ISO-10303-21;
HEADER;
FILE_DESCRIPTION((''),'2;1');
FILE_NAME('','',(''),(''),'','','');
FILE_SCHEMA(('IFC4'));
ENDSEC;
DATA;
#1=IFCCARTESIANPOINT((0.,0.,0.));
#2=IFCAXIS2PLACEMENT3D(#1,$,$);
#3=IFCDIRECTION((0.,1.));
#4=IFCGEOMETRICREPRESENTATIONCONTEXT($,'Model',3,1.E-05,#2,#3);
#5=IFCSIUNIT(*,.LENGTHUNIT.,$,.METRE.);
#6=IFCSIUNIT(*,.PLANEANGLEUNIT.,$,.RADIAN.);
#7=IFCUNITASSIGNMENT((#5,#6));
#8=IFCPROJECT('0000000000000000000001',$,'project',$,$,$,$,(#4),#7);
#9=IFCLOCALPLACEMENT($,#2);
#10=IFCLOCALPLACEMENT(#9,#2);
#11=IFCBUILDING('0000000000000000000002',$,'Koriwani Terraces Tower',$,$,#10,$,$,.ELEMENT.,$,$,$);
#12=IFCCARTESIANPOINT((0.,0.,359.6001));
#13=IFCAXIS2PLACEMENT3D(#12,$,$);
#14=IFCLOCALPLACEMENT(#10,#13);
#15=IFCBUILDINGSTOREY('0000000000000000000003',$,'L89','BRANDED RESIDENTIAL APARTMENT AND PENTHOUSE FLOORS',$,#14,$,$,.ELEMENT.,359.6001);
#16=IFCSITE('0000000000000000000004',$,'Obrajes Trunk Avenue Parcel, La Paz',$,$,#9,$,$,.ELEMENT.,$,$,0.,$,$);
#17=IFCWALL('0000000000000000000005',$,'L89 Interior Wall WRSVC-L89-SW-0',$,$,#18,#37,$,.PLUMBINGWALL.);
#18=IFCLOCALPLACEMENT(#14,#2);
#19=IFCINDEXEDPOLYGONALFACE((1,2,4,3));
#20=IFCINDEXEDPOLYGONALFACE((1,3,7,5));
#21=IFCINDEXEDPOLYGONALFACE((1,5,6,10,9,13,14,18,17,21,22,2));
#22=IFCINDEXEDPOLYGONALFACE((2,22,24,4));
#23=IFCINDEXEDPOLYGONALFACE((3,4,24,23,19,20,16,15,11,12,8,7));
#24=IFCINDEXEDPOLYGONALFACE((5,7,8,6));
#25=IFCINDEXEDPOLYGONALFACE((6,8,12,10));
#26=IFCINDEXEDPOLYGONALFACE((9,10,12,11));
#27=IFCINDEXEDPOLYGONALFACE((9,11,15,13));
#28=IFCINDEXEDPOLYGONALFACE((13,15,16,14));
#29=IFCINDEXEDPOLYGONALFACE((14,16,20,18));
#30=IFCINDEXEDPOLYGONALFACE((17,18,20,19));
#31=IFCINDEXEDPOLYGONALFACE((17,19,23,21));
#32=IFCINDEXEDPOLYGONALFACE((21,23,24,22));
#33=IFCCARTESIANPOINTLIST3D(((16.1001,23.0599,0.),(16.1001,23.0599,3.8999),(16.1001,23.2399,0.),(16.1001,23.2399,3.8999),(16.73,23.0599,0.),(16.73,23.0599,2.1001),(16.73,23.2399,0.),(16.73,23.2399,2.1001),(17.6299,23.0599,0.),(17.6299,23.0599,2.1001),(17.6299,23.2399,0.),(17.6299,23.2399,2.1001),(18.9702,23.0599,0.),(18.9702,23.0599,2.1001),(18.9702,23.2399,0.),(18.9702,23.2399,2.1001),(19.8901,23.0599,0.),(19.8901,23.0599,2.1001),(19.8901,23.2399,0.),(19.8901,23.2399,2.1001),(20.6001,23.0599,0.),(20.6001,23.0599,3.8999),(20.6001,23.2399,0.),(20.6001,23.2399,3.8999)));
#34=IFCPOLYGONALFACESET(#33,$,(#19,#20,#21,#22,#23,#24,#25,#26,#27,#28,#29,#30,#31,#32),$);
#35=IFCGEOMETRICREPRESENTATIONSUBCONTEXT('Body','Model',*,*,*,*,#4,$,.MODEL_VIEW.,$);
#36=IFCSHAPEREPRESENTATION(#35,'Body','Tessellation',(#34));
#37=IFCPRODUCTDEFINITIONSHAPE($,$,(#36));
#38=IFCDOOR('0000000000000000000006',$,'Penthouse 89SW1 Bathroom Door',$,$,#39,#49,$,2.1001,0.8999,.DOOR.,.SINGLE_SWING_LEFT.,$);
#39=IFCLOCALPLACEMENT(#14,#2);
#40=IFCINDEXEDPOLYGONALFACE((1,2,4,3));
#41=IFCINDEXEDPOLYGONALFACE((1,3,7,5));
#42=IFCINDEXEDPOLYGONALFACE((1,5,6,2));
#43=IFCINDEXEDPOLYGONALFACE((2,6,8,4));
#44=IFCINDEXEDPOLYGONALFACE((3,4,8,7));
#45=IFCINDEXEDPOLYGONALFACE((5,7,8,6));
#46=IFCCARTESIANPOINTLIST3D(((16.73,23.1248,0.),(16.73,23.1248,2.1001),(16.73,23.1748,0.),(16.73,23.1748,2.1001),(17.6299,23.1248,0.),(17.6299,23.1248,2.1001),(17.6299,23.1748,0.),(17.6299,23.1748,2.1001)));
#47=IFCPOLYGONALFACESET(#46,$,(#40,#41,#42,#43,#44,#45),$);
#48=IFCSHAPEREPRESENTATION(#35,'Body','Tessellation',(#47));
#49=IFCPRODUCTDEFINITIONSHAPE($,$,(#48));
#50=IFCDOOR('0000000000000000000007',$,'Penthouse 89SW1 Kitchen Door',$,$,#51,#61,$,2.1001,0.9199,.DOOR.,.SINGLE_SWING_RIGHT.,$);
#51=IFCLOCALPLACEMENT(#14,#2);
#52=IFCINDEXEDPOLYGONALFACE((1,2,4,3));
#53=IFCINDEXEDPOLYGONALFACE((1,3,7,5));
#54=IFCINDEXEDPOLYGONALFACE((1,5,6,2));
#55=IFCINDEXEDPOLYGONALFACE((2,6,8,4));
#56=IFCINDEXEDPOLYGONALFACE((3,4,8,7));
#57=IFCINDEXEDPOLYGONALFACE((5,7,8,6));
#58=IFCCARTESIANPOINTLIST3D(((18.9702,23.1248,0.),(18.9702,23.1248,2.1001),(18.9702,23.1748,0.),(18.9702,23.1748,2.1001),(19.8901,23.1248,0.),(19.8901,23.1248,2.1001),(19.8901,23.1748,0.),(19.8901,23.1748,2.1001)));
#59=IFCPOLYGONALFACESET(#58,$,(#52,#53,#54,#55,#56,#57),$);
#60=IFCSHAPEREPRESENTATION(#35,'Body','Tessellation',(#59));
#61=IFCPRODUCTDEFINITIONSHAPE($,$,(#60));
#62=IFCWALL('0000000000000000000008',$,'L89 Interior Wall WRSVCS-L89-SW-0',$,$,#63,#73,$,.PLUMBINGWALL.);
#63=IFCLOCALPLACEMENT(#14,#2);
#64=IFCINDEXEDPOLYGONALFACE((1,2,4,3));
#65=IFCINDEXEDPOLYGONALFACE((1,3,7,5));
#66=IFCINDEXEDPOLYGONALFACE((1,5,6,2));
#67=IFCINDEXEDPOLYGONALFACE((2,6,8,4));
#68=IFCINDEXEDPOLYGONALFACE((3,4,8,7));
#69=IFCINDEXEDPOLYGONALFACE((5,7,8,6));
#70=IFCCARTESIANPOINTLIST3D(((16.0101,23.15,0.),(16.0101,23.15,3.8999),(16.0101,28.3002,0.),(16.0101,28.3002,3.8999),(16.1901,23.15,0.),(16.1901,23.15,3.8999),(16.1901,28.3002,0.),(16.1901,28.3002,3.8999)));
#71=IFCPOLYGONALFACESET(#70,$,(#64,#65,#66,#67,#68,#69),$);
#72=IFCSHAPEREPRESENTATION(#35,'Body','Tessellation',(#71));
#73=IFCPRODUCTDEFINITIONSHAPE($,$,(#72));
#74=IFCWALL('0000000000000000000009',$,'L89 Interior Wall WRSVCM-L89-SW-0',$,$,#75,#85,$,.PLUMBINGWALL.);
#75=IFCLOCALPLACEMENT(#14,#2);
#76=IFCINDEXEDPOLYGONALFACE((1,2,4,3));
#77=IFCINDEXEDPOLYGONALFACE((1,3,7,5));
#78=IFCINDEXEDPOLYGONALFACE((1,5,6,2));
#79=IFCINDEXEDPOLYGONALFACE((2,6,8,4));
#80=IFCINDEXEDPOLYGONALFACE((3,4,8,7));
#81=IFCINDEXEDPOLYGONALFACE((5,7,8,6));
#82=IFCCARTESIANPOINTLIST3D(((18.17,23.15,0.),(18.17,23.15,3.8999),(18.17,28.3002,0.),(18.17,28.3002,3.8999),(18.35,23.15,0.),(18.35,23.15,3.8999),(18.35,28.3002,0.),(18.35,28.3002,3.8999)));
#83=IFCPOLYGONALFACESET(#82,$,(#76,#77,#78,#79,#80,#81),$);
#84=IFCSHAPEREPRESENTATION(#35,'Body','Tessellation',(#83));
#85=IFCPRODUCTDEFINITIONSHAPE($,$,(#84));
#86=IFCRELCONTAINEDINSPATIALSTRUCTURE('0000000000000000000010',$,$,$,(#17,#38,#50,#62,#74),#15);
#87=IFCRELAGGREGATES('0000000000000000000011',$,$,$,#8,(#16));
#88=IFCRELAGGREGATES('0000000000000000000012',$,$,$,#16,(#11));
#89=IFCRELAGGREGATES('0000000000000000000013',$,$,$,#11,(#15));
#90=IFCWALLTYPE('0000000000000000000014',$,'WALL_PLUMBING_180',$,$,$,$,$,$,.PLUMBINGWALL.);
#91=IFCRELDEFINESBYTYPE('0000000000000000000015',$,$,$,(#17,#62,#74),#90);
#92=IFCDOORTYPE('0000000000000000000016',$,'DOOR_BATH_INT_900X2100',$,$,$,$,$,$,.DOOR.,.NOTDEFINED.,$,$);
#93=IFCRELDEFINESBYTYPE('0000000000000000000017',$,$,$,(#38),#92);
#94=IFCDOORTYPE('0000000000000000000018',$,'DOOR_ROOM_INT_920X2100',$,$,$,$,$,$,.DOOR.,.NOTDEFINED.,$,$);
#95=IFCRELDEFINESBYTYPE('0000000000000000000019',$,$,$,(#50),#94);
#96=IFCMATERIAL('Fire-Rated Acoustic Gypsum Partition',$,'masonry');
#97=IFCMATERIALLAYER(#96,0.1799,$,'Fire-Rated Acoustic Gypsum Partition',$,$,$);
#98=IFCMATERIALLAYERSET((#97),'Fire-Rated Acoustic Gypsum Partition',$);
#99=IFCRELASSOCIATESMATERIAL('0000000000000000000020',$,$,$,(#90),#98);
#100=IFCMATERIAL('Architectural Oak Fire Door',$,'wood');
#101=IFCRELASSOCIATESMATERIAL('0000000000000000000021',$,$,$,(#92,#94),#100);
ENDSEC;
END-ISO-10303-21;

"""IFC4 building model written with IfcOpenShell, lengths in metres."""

from ifc_helpers import new_model, si_unit, direction, frame, frame_2d, origin, place, context, subcontext, project, spatial, rectangle, extrude, material, layer, layer_set, type_object, element, fill, save


model = new_model("IFC4")

# Units and contexts
model_context = context("Model", 3, precision=1e-05, world=origin(), true_north=direction((0.0, 1.0)))
body_context = subcontext(model_context, "Body", "Model", "MODEL_VIEW")
ifc_project = project(units=[si_unit("LENGTHUNIT", "METRE"), si_unit("PLANEANGLEUNIT", "RADIAN")], contexts=[model_context])

# Site, building, storey
site_placement = place(None, origin())
site = spatial("IfcSite", under=ifc_project, at=site_placement, Name="Obrajes Trunk Avenue Parcel, La Paz", CompositionType="ELEMENT", RefElevation=0.0)
building_placement = place(site_placement, origin())
building = spatial("IfcBuilding", under=site, at=building_placement, Name="Koriwani Terraces Tower", CompositionType="ELEMENT")
storey_placement = place(building_placement, frame((0.0, 0.0, 359.6001)))
storey = spatial("IfcBuildingStorey", under=building, at=storey_placement, Name="L89", Description="BRANDED RESIDENTIAL APARTMENT AND PENTHOUSE FLOORS", CompositionType="ELEMENT", Elevation=359.6001)

# Wall, openings, doors
ifc_material_1 = material(Name="Fire-Rated Acoustic Gypsum Partition", Category="masonry")
ifc_layer_1 = layer(ifc_material_1, 0.1799, Name="Fire-Rated Acoustic Gypsum Partition")
ifc_layer_set_1 = layer_set([ifc_layer_1], Name="Fire-Rated Acoustic Gypsum Partition")
wall_type_1 = type_object("IfcWallType", Name="WALL_PLUMBING_180", PredefinedType="PLUMBINGWALL", material=ifc_layer_set_1)
wall_1_placement = place(storey_placement, frame((16.1001, 23.1499, 0.0), z_axis=(0.0, 0.0, 1.0), x_axis=(1.0, 0.0, 0.0)))
wall_1 = element("IfcWall", 1, at=wall_1_placement, inside=storey, type_object=wall_type_1, Name="L89 Interior Wall WRSVC-L89-SW-0", PredefinedType="PLUMBINGWALL", context=body_context, shape_type="SweptSolid", body=[
    extrude(rectangle(XDim=4.5, YDim=0.1799, at=frame_2d((2.25, 0.0))), origin(), (0.0, 0.0, 1.0), 3.8999),
])
opening_1_placement = place(wall_1_placement, frame((0.6299, 0.0, 0.0)))
opening_1 = element("IfcOpeningElement", 2, at=opening_1_placement, cuts=wall_1, PredefinedType="OPENING", context=body_context, shape_type="SweptSolid", body=[
    extrude(rectangle(XDim=0.8999, YDim=2.1001, at=frame_2d((0.45, 1.05))), frame((0.0, 0.1001, 0.0), z_axis=(0.0, -1.0, 0.0), x_axis=(1.0, 0.0, 0.0)), (0.0, 0.0, 1.0), 0.2),
])
opening_2_placement = place(wall_1_placement, frame((2.8701, 0.0, 0.0)))
opening_2 = element("IfcOpeningElement", 3, at=opening_2_placement, cuts=wall_1, PredefinedType="OPENING", context=body_context, shape_type="SweptSolid", body=[
    extrude(rectangle(XDim=0.9199, YDim=2.1001, at=frame_2d((0.46, 1.05))), frame((0.0, 0.1001, 0.0), z_axis=(0.0, -1.0, 0.0), x_axis=(1.0, 0.0, 0.0)), (0.0, 0.0, 1.0), 0.2),
])
ifc_material_2 = material(Name="Architectural Oak Fire Door", Category="wood")
door_type_1 = type_object("IfcDoorType", Name="DOOR_BATH_INT_900X2100", OperationType="NOTDEFINED", PredefinedType="DOOR", material=ifc_material_2)
door_1_placement = place(opening_1_placement, origin())
door_1 = element("IfcDoor", 4, at=door_1_placement, inside=storey, type_object=door_type_1, Name="Penthouse 89SW1 Bathroom Door", OperationType="SINGLE_SWING_LEFT", OverallHeight=2.1001, OverallWidth=0.8999, PredefinedType="DOOR", context=body_context, shape_type="SweptSolid", body=[
    extrude(rectangle(XDim=0.8999, YDim=2.1001, at=frame_2d((0.45, 1.05))), frame((0.0, 0.0249, 0.0), z_axis=(0.0, -1.0, 0.0), x_axis=(1.0, 0.0, 0.0)), (0.0, 0.0, 1.0), 0.05),
])
fill(opening_1, door_1)
door_type_2 = type_object("IfcDoorType", Name="DOOR_ROOM_INT_920X2100", OperationType="NOTDEFINED", PredefinedType="DOOR", material=ifc_material_2)
door_2_placement = place(opening_2_placement, origin())
door_2 = element("IfcDoor", 5, at=door_2_placement, inside=storey, type_object=door_type_2, Name="Penthouse 89SW1 Kitchen Door", OperationType="SINGLE_SWING_RIGHT", OverallHeight=2.1001, OverallWidth=0.9199, PredefinedType="DOOR", context=body_context, shape_type="SweptSolid", body=[
    extrude(rectangle(XDim=0.9199, YDim=2.1001, at=frame_2d((0.46, 1.05))), frame((0.0, 0.0249, 0.0), z_axis=(0.0, -1.0, 0.0), x_axis=(1.0, 0.0, 0.0)), (0.0, 0.0, 1.0), 0.05),
])
fill(opening_2, door_2)

# Walls
for number, where, z_axis, x_axis, name in (
    (6, (16.1001, 23.1499, 0.0), (0.0, 0.0, 1.0), (0.0, 1.0, 0.0), "L89 Interior Wall WRSVCS-L89-SW-0"),
    (7, (18.26, 23.1499, 0.0), (0.0, 0.0, 1.0), (0.0, 1.0, 0.0), "L89 Interior Wall WRSVCM-L89-SW-0"),
):
    element("IfcWall", number, at=place(storey_placement, frame(where, z_axis=z_axis, x_axis=x_axis)), inside=storey, type_object=wall_type_1, Name=name, PredefinedType="PLUMBINGWALL", context=body_context, shape_type="SweptSolid", body=[
        extrude(rectangle(XDim=5.1501, YDim=0.1799, at=frame_2d((2.5752, 0.0))), origin(), (0.0, 0.0, 1.0), 3.8999),
    ])

save(model, "model.ifc")
